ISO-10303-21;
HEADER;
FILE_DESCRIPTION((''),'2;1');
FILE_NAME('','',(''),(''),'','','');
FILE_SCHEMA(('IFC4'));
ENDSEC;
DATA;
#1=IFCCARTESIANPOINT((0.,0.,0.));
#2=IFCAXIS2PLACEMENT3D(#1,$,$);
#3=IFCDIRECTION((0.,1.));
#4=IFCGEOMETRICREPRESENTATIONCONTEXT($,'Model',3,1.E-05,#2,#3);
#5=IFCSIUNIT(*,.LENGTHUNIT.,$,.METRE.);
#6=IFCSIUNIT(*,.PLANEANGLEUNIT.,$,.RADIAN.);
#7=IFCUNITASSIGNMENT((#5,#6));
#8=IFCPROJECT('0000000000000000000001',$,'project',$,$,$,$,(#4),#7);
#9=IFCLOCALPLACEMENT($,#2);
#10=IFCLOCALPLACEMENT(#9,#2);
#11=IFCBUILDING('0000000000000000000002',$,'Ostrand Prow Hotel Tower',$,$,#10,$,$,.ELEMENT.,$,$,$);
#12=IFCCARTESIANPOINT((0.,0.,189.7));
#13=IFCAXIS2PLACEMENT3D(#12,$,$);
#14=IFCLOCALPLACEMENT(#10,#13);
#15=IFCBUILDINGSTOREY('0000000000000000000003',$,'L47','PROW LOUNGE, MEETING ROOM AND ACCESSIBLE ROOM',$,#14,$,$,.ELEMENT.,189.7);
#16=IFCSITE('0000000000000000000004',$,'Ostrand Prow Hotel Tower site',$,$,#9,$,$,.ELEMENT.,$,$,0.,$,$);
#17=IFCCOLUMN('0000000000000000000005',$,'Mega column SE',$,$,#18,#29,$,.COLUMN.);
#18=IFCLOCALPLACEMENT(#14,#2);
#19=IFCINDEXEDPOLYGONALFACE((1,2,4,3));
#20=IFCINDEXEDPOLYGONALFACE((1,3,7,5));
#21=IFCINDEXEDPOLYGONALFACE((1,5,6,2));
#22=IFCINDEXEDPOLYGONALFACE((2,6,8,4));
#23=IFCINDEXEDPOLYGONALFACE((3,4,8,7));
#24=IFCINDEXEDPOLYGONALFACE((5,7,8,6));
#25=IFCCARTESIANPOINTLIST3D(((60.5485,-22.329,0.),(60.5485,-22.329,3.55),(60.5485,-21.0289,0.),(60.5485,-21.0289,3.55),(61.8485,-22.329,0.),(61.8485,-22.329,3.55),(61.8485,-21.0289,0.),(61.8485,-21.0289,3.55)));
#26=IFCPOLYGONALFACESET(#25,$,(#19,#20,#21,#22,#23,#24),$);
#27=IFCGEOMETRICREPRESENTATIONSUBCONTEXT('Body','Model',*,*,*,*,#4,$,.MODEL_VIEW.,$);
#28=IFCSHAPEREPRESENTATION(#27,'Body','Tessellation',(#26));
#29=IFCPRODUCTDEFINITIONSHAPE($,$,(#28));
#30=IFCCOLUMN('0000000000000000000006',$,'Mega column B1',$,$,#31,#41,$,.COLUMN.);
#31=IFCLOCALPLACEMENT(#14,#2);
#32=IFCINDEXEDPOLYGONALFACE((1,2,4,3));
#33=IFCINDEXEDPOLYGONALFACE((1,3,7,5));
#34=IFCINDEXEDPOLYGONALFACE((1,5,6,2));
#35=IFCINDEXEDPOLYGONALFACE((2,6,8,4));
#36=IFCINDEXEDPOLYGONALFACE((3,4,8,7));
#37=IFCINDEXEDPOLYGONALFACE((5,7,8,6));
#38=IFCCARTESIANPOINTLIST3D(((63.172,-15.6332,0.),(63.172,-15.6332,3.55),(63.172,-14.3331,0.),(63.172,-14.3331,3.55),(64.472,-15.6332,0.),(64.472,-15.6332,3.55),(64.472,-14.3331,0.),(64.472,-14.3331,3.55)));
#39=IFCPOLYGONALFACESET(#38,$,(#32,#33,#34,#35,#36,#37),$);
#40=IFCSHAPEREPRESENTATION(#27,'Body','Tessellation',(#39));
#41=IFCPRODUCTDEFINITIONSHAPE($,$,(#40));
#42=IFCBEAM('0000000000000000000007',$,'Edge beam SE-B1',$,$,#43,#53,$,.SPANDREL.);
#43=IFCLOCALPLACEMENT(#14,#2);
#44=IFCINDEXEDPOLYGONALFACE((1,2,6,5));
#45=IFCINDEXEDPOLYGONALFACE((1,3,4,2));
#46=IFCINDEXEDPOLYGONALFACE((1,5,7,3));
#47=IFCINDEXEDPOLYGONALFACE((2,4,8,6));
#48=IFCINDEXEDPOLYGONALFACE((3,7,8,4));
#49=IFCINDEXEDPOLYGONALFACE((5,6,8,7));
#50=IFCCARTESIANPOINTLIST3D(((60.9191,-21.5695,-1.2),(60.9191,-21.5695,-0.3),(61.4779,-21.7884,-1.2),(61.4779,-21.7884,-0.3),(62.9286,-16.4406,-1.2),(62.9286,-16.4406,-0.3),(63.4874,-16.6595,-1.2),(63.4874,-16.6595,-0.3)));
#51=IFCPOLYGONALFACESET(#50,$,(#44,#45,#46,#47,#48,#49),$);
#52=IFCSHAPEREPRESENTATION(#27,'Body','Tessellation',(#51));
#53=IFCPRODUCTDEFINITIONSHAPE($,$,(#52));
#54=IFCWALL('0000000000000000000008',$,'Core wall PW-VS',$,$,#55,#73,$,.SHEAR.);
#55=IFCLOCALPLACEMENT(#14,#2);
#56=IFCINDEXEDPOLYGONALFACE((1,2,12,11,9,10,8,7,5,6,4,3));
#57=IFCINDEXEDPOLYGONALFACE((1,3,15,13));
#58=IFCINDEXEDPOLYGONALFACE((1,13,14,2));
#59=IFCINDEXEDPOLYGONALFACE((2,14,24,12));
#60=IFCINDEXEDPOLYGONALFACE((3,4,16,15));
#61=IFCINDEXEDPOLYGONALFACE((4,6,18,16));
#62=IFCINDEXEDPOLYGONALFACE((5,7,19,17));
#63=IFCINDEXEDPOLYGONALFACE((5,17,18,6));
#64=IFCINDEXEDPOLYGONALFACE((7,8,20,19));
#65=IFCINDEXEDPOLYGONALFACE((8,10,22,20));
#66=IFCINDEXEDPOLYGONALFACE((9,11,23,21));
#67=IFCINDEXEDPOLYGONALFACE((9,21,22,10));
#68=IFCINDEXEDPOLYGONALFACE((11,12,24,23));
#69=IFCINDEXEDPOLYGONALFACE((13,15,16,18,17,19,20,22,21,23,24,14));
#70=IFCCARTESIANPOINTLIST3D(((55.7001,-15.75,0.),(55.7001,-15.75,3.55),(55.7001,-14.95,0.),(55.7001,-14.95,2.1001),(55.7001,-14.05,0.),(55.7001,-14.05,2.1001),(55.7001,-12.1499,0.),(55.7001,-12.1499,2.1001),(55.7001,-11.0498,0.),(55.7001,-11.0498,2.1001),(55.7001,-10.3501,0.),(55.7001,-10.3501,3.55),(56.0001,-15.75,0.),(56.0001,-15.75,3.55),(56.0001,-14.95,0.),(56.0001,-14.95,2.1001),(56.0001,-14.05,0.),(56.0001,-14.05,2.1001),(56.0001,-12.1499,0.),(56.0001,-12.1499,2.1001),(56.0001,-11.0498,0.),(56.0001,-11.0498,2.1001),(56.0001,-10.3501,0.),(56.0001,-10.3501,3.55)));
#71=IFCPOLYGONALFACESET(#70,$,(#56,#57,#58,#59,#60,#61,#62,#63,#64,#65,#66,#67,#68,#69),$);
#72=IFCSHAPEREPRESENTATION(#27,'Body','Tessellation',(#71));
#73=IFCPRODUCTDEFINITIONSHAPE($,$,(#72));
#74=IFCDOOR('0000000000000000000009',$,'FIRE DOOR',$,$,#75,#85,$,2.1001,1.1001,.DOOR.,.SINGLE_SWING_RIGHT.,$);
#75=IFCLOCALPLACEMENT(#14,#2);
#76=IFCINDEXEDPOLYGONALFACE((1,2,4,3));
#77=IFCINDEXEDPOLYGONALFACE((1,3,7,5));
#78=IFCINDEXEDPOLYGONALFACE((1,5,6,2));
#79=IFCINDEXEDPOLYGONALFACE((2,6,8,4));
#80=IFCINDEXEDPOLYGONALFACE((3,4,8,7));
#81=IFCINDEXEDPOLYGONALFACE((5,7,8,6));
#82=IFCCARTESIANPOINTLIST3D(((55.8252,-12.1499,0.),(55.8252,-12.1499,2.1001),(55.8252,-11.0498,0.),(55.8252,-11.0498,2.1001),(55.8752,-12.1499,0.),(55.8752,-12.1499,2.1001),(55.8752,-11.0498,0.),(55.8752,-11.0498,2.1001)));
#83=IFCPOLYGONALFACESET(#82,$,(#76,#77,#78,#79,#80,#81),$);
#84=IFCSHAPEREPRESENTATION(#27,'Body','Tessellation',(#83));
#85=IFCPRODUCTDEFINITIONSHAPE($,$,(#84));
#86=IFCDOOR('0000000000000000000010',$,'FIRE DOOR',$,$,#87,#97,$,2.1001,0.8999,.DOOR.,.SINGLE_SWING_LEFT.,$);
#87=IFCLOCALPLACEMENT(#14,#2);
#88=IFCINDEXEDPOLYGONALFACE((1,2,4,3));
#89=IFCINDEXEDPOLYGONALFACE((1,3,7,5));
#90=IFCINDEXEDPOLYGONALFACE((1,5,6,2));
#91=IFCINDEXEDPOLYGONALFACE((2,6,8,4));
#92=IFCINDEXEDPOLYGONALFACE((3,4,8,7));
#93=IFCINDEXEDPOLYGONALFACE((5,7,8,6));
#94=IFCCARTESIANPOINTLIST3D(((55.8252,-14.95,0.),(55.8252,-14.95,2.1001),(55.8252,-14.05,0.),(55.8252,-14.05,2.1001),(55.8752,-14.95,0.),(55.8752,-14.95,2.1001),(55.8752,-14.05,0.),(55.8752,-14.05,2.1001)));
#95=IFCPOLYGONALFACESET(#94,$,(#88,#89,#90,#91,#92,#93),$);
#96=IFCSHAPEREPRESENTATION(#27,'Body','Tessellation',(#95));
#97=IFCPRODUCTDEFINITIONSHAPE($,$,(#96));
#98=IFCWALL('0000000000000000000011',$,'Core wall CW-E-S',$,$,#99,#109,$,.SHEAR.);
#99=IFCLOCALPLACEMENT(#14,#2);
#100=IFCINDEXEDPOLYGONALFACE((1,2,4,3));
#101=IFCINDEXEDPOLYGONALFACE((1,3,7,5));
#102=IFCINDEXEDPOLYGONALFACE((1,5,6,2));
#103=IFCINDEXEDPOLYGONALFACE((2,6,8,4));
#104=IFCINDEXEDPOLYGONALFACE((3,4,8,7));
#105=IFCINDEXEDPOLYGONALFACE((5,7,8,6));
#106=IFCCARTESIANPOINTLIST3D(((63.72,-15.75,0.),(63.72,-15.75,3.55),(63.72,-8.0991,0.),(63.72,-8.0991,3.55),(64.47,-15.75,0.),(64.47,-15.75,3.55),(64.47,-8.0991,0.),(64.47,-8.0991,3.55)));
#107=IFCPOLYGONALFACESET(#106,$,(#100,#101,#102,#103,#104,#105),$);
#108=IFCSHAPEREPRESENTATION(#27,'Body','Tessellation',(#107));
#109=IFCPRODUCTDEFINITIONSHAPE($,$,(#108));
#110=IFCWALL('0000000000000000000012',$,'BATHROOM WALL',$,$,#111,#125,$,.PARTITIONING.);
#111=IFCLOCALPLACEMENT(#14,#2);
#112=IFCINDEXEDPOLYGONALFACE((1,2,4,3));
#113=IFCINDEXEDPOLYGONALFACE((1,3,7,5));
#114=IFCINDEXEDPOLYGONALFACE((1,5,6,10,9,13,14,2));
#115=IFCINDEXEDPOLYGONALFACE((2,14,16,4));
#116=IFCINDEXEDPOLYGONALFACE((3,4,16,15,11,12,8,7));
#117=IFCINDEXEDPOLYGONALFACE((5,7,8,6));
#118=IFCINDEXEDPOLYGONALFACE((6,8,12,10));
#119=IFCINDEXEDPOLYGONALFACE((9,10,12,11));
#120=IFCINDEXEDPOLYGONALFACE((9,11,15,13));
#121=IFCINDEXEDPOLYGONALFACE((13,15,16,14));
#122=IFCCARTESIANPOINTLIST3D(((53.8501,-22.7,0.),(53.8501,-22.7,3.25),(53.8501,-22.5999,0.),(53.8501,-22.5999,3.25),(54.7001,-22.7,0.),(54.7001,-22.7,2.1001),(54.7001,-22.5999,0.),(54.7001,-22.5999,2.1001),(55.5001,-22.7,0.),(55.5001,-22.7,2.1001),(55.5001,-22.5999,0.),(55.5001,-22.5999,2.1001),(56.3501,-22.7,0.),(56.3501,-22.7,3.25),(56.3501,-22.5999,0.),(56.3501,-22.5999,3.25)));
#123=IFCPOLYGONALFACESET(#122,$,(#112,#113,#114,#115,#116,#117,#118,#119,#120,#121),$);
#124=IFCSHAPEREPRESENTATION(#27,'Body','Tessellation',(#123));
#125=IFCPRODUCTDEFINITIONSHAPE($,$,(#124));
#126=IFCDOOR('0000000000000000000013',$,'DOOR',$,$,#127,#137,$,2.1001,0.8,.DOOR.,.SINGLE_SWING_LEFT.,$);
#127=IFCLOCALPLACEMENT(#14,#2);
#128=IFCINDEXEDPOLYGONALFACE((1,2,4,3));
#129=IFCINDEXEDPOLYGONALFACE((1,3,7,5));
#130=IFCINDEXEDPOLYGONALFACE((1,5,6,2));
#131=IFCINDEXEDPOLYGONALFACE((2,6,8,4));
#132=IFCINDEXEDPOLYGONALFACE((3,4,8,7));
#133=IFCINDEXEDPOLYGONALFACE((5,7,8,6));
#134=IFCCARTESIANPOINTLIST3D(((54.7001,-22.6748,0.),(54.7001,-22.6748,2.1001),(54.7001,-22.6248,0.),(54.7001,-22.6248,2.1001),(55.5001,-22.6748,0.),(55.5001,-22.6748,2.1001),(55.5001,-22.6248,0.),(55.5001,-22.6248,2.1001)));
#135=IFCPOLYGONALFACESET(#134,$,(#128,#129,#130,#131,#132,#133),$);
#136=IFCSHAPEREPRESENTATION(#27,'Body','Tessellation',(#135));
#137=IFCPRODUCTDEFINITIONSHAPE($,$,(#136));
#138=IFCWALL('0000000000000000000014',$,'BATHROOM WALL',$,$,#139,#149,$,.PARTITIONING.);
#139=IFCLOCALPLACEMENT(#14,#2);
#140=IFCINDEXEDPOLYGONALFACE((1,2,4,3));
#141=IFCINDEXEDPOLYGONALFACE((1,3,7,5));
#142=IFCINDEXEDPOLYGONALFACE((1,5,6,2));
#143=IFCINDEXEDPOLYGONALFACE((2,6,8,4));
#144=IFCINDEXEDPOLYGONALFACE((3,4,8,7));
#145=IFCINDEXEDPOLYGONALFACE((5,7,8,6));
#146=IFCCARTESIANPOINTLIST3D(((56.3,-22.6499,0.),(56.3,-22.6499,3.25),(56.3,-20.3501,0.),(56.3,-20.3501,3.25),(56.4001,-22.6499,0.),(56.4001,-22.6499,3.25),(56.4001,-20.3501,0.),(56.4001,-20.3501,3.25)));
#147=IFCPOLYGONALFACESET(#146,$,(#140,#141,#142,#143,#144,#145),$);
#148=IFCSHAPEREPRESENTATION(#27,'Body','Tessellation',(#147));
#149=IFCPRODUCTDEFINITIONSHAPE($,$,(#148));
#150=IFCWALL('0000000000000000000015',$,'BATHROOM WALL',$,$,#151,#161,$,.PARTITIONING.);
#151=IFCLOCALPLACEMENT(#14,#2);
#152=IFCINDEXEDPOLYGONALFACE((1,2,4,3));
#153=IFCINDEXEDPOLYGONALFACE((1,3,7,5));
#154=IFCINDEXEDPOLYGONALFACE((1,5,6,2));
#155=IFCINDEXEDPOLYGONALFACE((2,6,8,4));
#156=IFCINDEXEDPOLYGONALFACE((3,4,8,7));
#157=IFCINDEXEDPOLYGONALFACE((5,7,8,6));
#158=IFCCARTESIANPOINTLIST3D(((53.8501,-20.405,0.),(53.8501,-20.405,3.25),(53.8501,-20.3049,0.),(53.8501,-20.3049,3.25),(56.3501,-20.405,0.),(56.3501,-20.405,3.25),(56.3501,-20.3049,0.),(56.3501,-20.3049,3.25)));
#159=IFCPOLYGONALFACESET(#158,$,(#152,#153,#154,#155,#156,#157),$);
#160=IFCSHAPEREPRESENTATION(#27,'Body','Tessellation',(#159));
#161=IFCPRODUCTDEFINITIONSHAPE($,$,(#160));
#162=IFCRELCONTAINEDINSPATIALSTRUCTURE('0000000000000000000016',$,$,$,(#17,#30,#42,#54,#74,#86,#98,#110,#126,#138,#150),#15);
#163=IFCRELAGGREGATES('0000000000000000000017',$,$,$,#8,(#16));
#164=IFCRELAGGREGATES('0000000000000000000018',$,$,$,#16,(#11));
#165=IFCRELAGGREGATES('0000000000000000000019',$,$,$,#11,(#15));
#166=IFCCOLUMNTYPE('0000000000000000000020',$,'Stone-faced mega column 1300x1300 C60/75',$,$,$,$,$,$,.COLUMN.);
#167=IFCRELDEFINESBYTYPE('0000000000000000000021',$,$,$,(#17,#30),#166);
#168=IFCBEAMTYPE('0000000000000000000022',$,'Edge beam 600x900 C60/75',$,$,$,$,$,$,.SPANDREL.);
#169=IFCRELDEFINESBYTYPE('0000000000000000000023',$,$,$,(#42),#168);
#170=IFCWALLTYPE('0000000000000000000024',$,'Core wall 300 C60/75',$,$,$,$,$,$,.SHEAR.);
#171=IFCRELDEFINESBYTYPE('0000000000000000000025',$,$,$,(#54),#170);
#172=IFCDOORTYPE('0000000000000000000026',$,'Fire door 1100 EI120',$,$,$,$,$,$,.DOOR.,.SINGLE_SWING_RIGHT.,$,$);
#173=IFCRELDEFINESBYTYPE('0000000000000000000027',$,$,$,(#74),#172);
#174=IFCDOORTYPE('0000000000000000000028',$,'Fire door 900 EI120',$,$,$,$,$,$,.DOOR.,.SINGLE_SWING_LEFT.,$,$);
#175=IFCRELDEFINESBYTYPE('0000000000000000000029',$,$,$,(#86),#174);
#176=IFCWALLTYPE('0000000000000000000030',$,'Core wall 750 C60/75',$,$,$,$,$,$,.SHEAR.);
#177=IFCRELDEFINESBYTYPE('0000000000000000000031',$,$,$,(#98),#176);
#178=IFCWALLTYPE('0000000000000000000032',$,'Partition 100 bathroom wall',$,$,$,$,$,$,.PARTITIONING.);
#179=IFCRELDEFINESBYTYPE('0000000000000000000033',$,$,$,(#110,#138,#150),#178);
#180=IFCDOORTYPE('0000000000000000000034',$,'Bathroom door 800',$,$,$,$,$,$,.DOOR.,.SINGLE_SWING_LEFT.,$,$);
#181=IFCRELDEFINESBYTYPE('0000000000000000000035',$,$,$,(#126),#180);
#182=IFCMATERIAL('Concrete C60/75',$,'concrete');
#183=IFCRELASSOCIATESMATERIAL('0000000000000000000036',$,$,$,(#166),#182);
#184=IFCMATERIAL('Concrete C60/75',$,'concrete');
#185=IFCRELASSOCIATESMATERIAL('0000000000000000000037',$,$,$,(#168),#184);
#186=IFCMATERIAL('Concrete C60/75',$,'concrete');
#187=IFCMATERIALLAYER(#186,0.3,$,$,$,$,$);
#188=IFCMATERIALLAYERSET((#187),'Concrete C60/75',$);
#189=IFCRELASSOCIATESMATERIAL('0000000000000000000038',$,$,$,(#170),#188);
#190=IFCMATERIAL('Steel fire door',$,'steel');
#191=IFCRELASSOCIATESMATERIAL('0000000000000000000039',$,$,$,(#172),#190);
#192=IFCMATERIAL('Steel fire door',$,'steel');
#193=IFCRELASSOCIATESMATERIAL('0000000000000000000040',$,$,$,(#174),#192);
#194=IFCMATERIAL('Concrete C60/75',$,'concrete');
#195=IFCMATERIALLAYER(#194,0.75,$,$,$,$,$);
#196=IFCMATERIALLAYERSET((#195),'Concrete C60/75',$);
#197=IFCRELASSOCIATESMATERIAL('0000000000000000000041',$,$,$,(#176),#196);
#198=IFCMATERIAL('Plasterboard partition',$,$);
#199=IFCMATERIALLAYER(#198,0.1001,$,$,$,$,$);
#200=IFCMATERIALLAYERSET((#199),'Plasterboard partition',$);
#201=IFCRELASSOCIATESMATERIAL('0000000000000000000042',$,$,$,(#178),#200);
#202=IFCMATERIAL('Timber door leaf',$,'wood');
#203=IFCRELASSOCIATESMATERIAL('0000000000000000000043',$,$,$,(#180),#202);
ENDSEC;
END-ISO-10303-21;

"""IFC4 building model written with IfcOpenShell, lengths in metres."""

from ifc_helpers import new_model, si_unit, direction, frame, frame_2d, origin, origin_2d, place, context, subcontext, project, spatial, rectangle, extrude, material, layer, layer_set, material_profile, profile_set, type_object, element, fill, save


model = new_model("IFC4")

# Units and contexts
model_context = context("Model", 3, precision=1e-05, world=origin(), true_north=direction((0.0, 1.0)))
body_context = subcontext(model_context, "Body", "Model", "MODEL_VIEW")
ifc_project = project(units=[si_unit("LENGTHUNIT", "METRE"), si_unit("PLANEANGLEUNIT", "RADIAN")], contexts=[model_context])

# Site, building, storey
site_placement = place(None, origin())
site = spatial("IfcSite", under=ifc_project, at=site_placement, Name="Ostrand Prow Hotel Tower site", CompositionType="ELEMENT", RefElevation=0.0)
building_placement = place(site_placement, origin())
building = spatial("IfcBuilding", under=site, at=building_placement, Name="Ostrand Prow Hotel Tower", CompositionType="ELEMENT")
storey_placement = place(building_placement, frame((0.0, 0.0, 189.7)))
storey = spatial("IfcBuildingStorey", under=building, at=storey_placement, Name="L47", Description="PROW LOUNGE, MEETING ROOM AND ACCESSIBLE ROOM", CompositionType="ELEMENT", Elevation=189.7)

# Columns
ifc_material_1 = material(Name="Concrete C60/75", Category="concrete")
ifc_material_profile_1 = material_profile(ifc_material_1, rectangle(XDim=1.3, YDim=1.3, at=origin_2d()), Name="RC 1300x1300")
ifc_profile_set_1 = profile_set([ifc_material_profile_1], Name="Concrete C60/75")
column_type = type_object("IfcColumnType", Name="Stone-faced mega column 1300x1300 C60/75", PredefinedType="COLUMN", material=ifc_profile_set_1)
for number, where, z_axis, x_axis, name in (
    (1, (61.1985, -21.679, 0.0), (0.0, 0.0, 1.0), (1.0, 0.0, 0.0), "Mega column SE"),
    (2, (63.822, -14.9832, 0.0), (0.0, 0.0, 1.0), (1.0, 0.0, 0.0), "Mega column B1"),
):
    element("IfcColumn", number, at=place(storey_placement, frame(where, z_axis=z_axis, x_axis=x_axis)), inside=storey, type_object=column_type, Name=name, PredefinedType="COLUMN", context=body_context, shape_type="SweptSolid", body=[
        extrude(rectangle(XDim=1.3, YDim=1.3, at=origin_2d()), origin(), (0.0, 0.0, 1.0), 3.55),
    ])

# Beam
ifc_material_2 = material(Name="Concrete C60/75", Category="concrete")
ifc_material_profile_2 = material_profile(ifc_material_2, rectangle(XDim=0.6001, YDim=0.8999, at=origin_2d()), Name="RC 600x900")
ifc_profile_set_2 = profile_set([ifc_material_profile_2], Name="Concrete C60/75")
beam_type = type_object("IfcBeamType", Name="Edge beam 600x900 C60/75", PredefinedType="SPANDREL", material=ifc_profile_set_2)
beam_placement = place(storey_placement, frame((61.1985, -21.679, -0.75), z_axis=(0.364802, 0.931085, 0.0), x_axis=(-0.931085, 0.364802, 0.0)))
element("IfcBeam", 3, at=beam_placement, inside=storey, type_object=beam_type, Name="Edge beam SE-B1", PredefinedType="SPANDREL", context=body_context, shape_type="SweptSolid", body=[
    extrude(rectangle(XDim=0.6001, YDim=0.8999, at=origin_2d()), origin(), (0.0, 0.0, 1.0), 5.5085),
])

# Wall, openings, doors
ifc_material_3 = material(Name="Concrete C60/75", Category="concrete")
ifc_layer_1 = layer(ifc_material_3, 0.3)
ifc_layer_set_1 = layer_set([ifc_layer_1], Name="Concrete C60/75")
wall_type_1 = type_object("IfcWallType", Name="Core wall 300 C60/75", PredefinedType="SHEAR", material=ifc_layer_set_1)
wall_1_placement = place(storey_placement, frame((55.8501, -15.75, 0.0), z_axis=(0.0, 0.0, 1.0), x_axis=(0.0, 1.0, 0.0)))
wall_1 = element("IfcWall", 4, at=wall_1_placement, inside=storey, type_object=wall_type_1, Name="Core wall PW-VS", PredefinedType="SHEAR", context=body_context, shape_type="SweptSolid", body=[
    extrude(rectangle(XDim=5.3999, YDim=0.3, at=frame_2d((2.7, 0.0))), origin(), (0.0, 0.0, 1.0), 3.55),
])
opening_1_placement = place(wall_1_placement, frame((3.6001, 0.0, 0.0)))
opening_1 = element("IfcOpeningElement", 5, at=opening_1_placement, cuts=wall_1, PredefinedType="OPENING", context=body_context, shape_type="SweptSolid", body=[
    extrude(rectangle(XDim=1.1001, YDim=2.1001, at=frame_2d((0.55, 1.05))), frame((0.0, 0.1599, 0.0), z_axis=(0.0, -1.0, 0.0), x_axis=(1.0, 0.0, 0.0)), (0.0, 0.0, 1.0), 0.3201),
])
opening_2_placement = place(wall_1_placement, frame((0.8, 0.0, 0.0)))
opening_2 = element("IfcOpeningElement", 6, at=opening_2_placement, cuts=wall_1, PredefinedType="OPENING", context=body_context, shape_type="SweptSolid", body=[
    extrude(rectangle(XDim=0.8999, YDim=2.1001, at=frame_2d((0.45, 1.05))), frame((0.0, 0.1599, 0.0), z_axis=(0.0, -1.0, 0.0), x_axis=(1.0, 0.0, 0.0)), (0.0, 0.0, 1.0), 0.3201),
])
ifc_material_4 = material(Name="Steel fire door", Category="steel")
door_type_1 = type_object("IfcDoorType", Name="Fire door 1100 EI120", OperationType="SINGLE_SWING_RIGHT", PredefinedType="DOOR", material=ifc_material_4)
door_1_placement = place(opening_1_placement, origin())
door_1 = element("IfcDoor", 7, at=door_1_placement, inside=storey, type_object=door_type_1, Name="FIRE DOOR", OperationType="SINGLE_SWING_RIGHT", OverallHeight=2.1001, OverallWidth=1.1001, PredefinedType="DOOR", context=body_context, shape_type="SweptSolid", body=[
    extrude(rectangle(XDim=1.1001, YDim=2.1001, at=frame_2d((0.55, 1.05))), frame((0.0, 0.0249, 0.0), z_axis=(0.0, -1.0, 0.0), x_axis=(1.0, 0.0, 0.0)), (0.0, 0.0, 1.0), 0.05),
])
fill(opening_1, door_1)
ifc_material_5 = material(Name="Steel fire door", Category="steel")
door_type_2 = type_object("IfcDoorType", Name="Fire door 900 EI120", OperationType="SINGLE_SWING_LEFT", PredefinedType="DOOR", material=ifc_material_5)
door_2_placement = place(opening_2_placement, origin())
door_2 = element("IfcDoor", 8, at=door_2_placement, inside=storey, type_object=door_type_2, Name="FIRE DOOR", OperationType="SINGLE_SWING_LEFT", OverallHeight=2.1001, OverallWidth=0.8999, PredefinedType="DOOR", context=body_context, shape_type="SweptSolid", body=[
    extrude(rectangle(XDim=0.8999, YDim=2.1001, at=frame_2d((0.45, 1.05))), frame((0.0, 0.0249, 0.0), z_axis=(0.0, -1.0, 0.0), x_axis=(1.0, 0.0, 0.0)), (0.0, 0.0, 1.0), 0.05),
])
fill(opening_2, door_2)

# Wall
ifc_material_6 = material(Name="Concrete C60/75", Category="concrete")
ifc_layer_2 = layer(ifc_material_6, 0.75)
ifc_layer_set_2 = layer_set([ifc_layer_2], Name="Concrete C60/75")
wall_type_2 = type_object("IfcWallType", Name="Core wall 750 C60/75", PredefinedType="SHEAR", material=ifc_layer_set_2)
wall_2_placement = place(storey_placement, frame((64.095, -15.75, 0.0), z_axis=(0.0, 0.0, 1.0), x_axis=(0.0, 1.0, 0.0)))
element("IfcWall", 9, at=wall_2_placement, inside=storey, type_object=wall_type_2, Name="Core wall CW-E-S", PredefinedType="SHEAR", context=body_context, shape_type="SweptSolid", body=[
    extrude(rectangle(XDim=7.6509, YDim=0.75, at=frame_2d((3.8254, 0.0))), origin(), (0.0, 0.0, 1.0), 3.55),
])

# Wall, opening, door
ifc_material_7 = material(Name="Plasterboard partition")
ifc_layer_3 = layer(ifc_material_7, 0.1001)
ifc_layer_set_3 = layer_set([ifc_layer_3], Name="Plasterboard partition")
wall_type_3 = type_object("IfcWallType", Name="Partition 100 bathroom wall", PredefinedType="PARTITIONING", material=ifc_layer_set_3)
wall_3_placement = place(storey_placement, frame((56.3501, -22.6499, 0.0), z_axis=(0.0, 0.0, 1.0), x_axis=(-1.0, 0.0, 0.0)))
wall_3 = element("IfcWall", 10, at=wall_3_placement, inside=storey, type_object=wall_type_3, Name="BATHROOM WALL", PredefinedType="PARTITIONING", context=body_context, shape_type="SweptSolid", body=[
    extrude(rectangle(XDim=2.5, YDim=0.1001, at=frame_2d((1.25, 0.0))), origin(), (0.0, 0.0, 1.0), 3.25),
])
opening_3_placement = place(wall_3_placement, frame((0.8501, 0.0, 0.0)))
opening_3 = element("IfcOpeningElement", 11, at=opening_3_placement, cuts=wall_3, PredefinedType="OPENING", context=body_context, shape_type="SweptSolid", body=[
    extrude(rectangle(XDim=0.8, YDim=2.1001, at=frame_2d((0.3999, 1.05))), frame((0.0, 0.0601, 0.0), z_axis=(0.0, -1.0, 0.0), x_axis=(1.0, 0.0, 0.0)), (0.0, 0.0, 1.0), 0.1201),
])
ifc_material_8 = material(Name="Timber door leaf", Category="wood")
door_type_3 = type_object("IfcDoorType", Name="Bathroom door 800", OperationType="SINGLE_SWING_LEFT", PredefinedType="DOOR", material=ifc_material_8)
door_3_placement = place(opening_3_placement, origin())
door_3 = element("IfcDoor", 12, at=door_3_placement, inside=storey, type_object=door_type_3, Name="DOOR", OperationType="SINGLE_SWING_LEFT", OverallHeight=2.1001, OverallWidth=0.8, PredefinedType="DOOR", context=body_context, shape_type="SweptSolid", body=[
    extrude(rectangle(XDim=0.8, YDim=2.1001, at=frame_2d((0.3999, 1.05))), frame((0.0, 0.0249, 0.0), z_axis=(0.0, -1.0, 0.0), x_axis=(1.0, 0.0, 0.0)), (0.0, 0.0, 1.0), 0.05),
])
fill(opening_3, door_3)

# Walls
wall_4_placement = place(storey_placement, frame((56.3501, -20.3501, 0.0), z_axis=(0.0, 0.0, 1.0), x_axis=(0.0, -1.0, 0.0)))
element("IfcWall", 13, at=wall_4_placement, inside=storey, type_object=wall_type_3, Name="BATHROOM WALL", PredefinedType="PARTITIONING", context=body_context, shape_type="SweptSolid", body=[
    extrude(rectangle(XDim=2.2998, YDim=0.1001, at=frame_2d((1.1499, 0.0))), origin(), (0.0, 0.0, 1.0), 3.25),
])
wall_5_placement = place(storey_placement, frame((53.8501, -20.355, 0.0), z_axis=(0.0, 0.0, 1.0), x_axis=(1.0, 0.0, 0.0)))
element("IfcWall", 14, at=wall_5_placement, inside=storey, type_object=wall_type_3, Name="BATHROOM WALL", PredefinedType="PARTITIONING", context=body_context, shape_type="SweptSolid", body=[
    extrude(rectangle(XDim=2.5, YDim=0.1001, at=frame_2d((1.25, 0.0))), origin(), (0.0, 0.0, 1.0), 3.25),
])

save(model, "model.ifc")
